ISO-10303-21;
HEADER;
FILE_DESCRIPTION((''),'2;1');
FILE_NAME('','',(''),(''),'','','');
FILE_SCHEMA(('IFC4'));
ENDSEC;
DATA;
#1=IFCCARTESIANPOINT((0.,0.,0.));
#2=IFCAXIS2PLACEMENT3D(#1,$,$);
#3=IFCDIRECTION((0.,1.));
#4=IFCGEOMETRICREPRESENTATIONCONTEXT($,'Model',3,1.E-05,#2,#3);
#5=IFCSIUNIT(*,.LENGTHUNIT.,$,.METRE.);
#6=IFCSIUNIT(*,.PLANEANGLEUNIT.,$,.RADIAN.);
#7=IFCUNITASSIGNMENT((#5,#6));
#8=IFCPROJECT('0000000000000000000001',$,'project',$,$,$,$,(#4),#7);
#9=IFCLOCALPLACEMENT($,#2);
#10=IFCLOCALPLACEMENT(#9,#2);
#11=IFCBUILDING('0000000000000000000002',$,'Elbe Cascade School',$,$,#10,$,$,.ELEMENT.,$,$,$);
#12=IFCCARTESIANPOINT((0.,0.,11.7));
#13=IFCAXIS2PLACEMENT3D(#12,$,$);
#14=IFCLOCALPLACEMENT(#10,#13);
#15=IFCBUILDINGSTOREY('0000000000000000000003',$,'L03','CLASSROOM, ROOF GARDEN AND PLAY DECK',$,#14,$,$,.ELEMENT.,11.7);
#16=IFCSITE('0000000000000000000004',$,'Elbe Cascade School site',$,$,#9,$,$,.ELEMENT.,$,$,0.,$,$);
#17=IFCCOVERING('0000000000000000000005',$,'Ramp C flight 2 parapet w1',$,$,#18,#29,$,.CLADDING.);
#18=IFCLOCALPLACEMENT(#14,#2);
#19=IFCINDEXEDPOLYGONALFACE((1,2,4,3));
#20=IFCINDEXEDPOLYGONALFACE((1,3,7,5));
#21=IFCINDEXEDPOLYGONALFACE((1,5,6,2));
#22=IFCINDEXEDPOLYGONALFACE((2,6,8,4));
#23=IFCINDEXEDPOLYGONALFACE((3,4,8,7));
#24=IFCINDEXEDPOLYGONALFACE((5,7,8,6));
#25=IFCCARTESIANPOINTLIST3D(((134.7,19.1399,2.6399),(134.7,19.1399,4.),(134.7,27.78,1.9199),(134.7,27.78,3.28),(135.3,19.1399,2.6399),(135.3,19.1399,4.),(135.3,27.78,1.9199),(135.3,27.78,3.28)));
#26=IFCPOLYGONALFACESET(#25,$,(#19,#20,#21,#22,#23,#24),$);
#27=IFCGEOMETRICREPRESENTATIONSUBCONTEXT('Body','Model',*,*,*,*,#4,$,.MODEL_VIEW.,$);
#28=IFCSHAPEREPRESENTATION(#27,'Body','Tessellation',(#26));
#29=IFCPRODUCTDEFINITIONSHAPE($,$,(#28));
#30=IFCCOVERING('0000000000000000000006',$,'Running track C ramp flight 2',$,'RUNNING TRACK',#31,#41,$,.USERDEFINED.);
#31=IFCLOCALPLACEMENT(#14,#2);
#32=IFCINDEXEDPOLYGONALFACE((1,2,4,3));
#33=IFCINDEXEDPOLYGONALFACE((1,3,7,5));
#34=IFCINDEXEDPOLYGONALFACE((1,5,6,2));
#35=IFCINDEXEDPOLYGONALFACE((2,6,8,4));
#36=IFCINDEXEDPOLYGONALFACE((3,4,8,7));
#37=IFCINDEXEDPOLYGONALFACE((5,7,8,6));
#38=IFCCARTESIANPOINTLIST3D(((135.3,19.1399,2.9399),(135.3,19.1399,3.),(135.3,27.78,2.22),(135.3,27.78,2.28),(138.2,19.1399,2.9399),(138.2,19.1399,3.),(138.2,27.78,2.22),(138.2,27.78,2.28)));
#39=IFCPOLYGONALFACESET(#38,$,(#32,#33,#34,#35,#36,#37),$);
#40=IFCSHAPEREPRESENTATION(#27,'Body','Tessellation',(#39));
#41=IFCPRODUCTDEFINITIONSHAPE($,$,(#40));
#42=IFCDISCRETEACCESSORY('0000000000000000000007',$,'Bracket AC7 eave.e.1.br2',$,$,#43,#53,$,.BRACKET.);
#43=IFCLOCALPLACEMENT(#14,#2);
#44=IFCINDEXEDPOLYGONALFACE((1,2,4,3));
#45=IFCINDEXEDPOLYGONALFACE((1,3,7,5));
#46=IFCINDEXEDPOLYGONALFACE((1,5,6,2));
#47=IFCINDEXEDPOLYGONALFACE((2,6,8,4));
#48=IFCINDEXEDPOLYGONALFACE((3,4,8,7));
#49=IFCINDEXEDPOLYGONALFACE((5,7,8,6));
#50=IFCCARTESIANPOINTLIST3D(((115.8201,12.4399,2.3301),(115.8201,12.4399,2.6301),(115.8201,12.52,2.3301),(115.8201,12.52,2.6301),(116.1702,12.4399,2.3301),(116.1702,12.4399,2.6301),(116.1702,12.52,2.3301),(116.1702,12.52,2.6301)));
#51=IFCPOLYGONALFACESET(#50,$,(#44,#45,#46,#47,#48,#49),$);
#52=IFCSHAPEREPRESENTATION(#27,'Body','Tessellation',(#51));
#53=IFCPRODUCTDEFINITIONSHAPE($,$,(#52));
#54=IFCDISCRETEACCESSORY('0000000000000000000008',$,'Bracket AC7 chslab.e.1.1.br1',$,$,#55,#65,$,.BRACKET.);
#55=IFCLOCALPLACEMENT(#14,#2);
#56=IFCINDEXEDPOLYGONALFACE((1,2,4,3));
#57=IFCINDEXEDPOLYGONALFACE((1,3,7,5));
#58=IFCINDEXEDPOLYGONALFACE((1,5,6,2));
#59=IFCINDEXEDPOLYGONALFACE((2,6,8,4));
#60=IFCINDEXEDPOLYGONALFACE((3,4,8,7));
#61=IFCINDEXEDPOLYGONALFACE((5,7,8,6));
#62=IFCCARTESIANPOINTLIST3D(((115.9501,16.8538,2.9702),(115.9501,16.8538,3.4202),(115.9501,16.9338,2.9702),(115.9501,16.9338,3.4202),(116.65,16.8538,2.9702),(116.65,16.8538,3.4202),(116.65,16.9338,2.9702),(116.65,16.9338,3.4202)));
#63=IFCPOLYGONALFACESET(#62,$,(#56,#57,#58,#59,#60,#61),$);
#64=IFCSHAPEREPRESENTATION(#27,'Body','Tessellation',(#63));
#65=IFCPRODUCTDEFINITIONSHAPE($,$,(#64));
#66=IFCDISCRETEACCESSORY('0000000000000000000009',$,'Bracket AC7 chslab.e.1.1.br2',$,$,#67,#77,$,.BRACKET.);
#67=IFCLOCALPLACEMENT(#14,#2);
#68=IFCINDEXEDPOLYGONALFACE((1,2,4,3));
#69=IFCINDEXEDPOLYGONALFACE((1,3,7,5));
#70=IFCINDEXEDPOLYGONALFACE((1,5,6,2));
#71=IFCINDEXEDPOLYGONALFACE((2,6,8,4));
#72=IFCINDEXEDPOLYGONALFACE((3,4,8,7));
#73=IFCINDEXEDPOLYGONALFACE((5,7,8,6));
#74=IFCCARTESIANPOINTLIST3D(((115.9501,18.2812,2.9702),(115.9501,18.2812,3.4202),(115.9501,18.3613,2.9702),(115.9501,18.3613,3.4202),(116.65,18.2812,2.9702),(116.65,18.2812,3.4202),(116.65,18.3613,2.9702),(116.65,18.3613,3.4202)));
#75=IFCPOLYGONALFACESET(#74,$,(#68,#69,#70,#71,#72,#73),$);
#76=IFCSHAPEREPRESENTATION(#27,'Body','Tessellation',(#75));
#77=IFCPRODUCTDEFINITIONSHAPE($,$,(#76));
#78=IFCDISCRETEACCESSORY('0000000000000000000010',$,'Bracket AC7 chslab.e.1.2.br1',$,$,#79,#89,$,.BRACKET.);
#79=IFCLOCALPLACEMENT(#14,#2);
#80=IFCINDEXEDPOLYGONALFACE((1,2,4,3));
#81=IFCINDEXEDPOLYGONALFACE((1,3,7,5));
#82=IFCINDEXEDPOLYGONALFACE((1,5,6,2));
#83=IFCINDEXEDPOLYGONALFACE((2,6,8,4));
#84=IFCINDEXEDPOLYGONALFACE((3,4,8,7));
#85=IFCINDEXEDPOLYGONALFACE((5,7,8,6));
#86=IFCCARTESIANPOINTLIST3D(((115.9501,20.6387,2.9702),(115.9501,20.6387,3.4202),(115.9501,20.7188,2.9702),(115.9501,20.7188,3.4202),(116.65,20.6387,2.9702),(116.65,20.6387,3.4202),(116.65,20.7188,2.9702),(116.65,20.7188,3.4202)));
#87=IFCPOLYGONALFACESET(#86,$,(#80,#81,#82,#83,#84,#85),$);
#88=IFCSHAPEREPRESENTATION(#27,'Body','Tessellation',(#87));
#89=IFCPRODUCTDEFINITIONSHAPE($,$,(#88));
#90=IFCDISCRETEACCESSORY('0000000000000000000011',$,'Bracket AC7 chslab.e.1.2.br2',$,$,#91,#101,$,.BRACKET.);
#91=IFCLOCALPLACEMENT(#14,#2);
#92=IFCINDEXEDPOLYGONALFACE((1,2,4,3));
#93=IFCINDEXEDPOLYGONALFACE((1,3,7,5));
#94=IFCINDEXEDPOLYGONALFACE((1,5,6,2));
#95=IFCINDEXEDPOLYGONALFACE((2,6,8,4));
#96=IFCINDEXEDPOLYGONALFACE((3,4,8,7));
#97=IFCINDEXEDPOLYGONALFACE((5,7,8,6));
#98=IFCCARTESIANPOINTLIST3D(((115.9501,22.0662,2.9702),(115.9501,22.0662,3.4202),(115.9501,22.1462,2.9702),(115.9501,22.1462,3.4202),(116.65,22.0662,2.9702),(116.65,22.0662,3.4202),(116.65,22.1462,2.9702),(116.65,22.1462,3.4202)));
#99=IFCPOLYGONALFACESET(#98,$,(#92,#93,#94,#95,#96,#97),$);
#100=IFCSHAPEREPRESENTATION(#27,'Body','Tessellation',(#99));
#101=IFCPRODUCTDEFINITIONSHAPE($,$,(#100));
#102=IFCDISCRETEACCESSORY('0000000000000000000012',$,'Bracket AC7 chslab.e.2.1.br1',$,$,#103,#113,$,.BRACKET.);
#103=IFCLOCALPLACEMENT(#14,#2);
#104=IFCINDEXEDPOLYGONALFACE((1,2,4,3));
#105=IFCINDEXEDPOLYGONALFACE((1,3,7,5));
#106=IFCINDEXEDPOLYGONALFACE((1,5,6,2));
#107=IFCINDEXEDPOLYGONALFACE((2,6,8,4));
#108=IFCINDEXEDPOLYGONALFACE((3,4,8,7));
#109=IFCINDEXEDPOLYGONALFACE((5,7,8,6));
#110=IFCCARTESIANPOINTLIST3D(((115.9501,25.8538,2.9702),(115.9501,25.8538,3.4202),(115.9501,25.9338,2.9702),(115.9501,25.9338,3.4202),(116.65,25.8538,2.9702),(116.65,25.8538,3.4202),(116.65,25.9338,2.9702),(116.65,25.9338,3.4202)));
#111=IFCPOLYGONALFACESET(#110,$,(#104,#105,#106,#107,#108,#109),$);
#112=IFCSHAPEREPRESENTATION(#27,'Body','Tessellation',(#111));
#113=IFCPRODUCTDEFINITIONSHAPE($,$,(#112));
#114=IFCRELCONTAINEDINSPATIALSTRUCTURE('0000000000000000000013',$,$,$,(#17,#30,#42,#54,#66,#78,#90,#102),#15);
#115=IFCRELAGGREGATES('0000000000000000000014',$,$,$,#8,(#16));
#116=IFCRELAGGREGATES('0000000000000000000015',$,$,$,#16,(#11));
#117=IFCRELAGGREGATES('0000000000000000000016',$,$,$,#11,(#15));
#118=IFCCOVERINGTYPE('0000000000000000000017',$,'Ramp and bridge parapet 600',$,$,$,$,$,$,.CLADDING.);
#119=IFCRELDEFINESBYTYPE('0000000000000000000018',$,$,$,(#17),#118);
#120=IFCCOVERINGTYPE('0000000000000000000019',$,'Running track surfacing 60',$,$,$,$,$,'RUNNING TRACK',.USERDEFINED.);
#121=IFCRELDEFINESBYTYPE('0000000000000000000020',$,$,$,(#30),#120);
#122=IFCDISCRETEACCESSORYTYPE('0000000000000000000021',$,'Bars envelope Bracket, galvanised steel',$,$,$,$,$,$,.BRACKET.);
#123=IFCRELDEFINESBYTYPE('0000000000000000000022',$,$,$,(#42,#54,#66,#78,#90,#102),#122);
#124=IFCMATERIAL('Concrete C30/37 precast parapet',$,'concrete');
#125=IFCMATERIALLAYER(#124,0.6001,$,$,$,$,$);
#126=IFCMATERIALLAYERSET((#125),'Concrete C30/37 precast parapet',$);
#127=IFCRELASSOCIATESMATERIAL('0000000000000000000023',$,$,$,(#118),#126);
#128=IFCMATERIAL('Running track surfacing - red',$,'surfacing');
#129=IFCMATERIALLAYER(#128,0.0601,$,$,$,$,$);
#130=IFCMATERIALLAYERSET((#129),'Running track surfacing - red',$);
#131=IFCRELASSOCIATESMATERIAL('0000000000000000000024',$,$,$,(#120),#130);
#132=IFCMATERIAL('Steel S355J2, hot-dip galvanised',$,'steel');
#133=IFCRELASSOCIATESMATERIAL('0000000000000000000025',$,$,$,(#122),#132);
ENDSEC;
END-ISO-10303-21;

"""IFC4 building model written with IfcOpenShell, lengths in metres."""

from ifc_helpers import new_model, si_unit, direction, frame, origin, origin_2d, place, context, subcontext, project, spatial, polyline, rectangle, outline, extrude, material, layer, layer_set, type_object, element, save


model = new_model("IFC4")

# Units and contexts
model_context = context("Model", 3, precision=1e-05, world=origin(), true_north=direction((0.0, 1.0)))
body_context = subcontext(model_context, "Body", "Model", "MODEL_VIEW")
ifc_project = project(units=[si_unit("LENGTHUNIT", "METRE"), si_unit("PLANEANGLEUNIT", "RADIAN")], contexts=[model_context])

# Site, building, storey
site_placement = place(None, origin())
site = spatial("IfcSite", under=ifc_project, at=site_placement, Name="Elbe Cascade School site", CompositionType="ELEMENT", RefElevation=0.0)
building_placement = place(site_placement, origin())
building = spatial("IfcBuilding", under=site, at=building_placement, Name="Elbe Cascade School", CompositionType="ELEMENT")
storey_placement = place(building_placement, frame((0.0, 0.0, 11.7)))
storey = spatial("IfcBuildingStorey", under=building, at=storey_placement, Name="L03", Description="CLASSROOM, ROOF GARDEN AND PLAY DECK", CompositionType="ELEMENT", Elevation=11.7)

# Coverings
ifc_material_1 = material(Name="Concrete C30/37 precast parapet", Category="concrete")
ifc_layer_1 = layer(ifc_material_1, 0.6001)
ifc_layer_set_1 = layer_set([ifc_layer_1], Name="Concrete C30/37 precast parapet")
covering_type_1 = type_object("IfcCoveringType", Name="Ramp and bridge parapet 600", PredefinedType="CLADDING", material=ifc_layer_set_1)
covering_1_placement = place(storey_placement, frame((134.7, 19.1399, 4.0), z_axis=(0.0, 0.083041, 0.996546), x_axis=(0.0, 0.996546, -0.083041)))
element("IfcCovering", 1, at=covering_1_placement, inside=storey, type_object=covering_type_1, Name="Ramp C flight 2 parapet w1", PredefinedType="CLADDING", context=body_context, shape_type="SweptSolid", body=[
    extrude(outline(polyline([(0.0, 0.0), (8.6701, 0.0), (8.6701, -0.6001), (0.0, -0.6001), (0.0, 0.0)])), origin(), (0.083041, 0.0, -0.996546), 1.3601),
])
ifc_material_2 = material(Name="Running track surfacing - red", Category="surfacing")
ifc_layer_2 = layer(ifc_material_2, 0.0601)
ifc_layer_set_2 = layer_set([ifc_layer_2], Name="Running track surfacing - red")
covering_type_2 = type_object("IfcCoveringType", Name="Running track surfacing 60", ElementType="RUNNING TRACK", PredefinedType="USERDEFINED", material=ifc_layer_set_2)
covering_2_placement = place(storey_placement, frame((135.3, 19.1399, 3.0), z_axis=(0.0, 0.083041, 0.996546), x_axis=(0.0, 0.996546, -0.083041)))
element("IfcCovering", 2, at=covering_2_placement, inside=storey, type_object=covering_type_2, Name="Running track C ramp flight 2", ObjectType="RUNNING TRACK", PredefinedType="USERDEFINED", context=body_context, shape_type="SweptSolid", body=[
    extrude(outline(polyline([(0.0, 0.0), (8.6701, 0.0), (8.6701, -2.8999), (0.0, -2.8999), (0.0, 0.0)])), origin(), (0.083041, 0.0, -0.996546), 0.0601),
])

# Discrete accessories
ifc_material_3 = material(Name="Steel S355J2, hot-dip galvanised", Category="steel")
discrete_accessory_type = type_object("IfcDiscreteAccessoryType", Name="Bars envelope Bracket, galvanised steel", PredefinedType="BRACKET", material=ifc_material_3)
discrete_accessory_placement = place(storey_placement, frame((115.9951, 12.48, 2.3301), z_axis=(0.0, 0.0, 1.0), x_axis=(0.0, 1.0, 0.0)))
element("IfcDiscreteAccessory", 3, at=discrete_accessory_placement, inside=storey, type_object=discrete_accessory_type, Name="Bracket AC7 eave.e.1.br2", PredefinedType="BRACKET", context=body_context, shape_type="SweptSolid", body=[
    extrude(rectangle(XDim=0.0801, YDim=0.3501, at=origin_2d()), origin(), (0.0, 0.0, 1.0), 0.3),
])
for number, where, z_axis, x_axis, name in (
    (4, (116.3, 16.8938, 2.9702), (0.0, 0.0, 1.0), (0.0, 1.0, 0.0), "Bracket AC7 chslab.e.1.1.br1"),
    (5, (116.3, 18.3213, 2.9702), (0.0, 0.0, 1.0), (0.0, 1.0, 0.0), "Bracket AC7 chslab.e.1.1.br2"),
    (6, (116.3, 20.6787, 2.9702), (0.0, 0.0, 1.0), (0.0, 1.0, 0.0), "Bracket AC7 chslab.e.1.2.br1"),
    (7, (116.3, 22.1062, 2.9702), (0.0, 0.0, 1.0), (0.0, 1.0, 0.0), "Bracket AC7 chslab.e.1.2.br2"),
    (8, (116.3, 25.8938, 2.9702), (0.0, 0.0, 1.0), (0.0, 1.0, 0.0), "Bracket AC7 chslab.e.2.1.br1"),
):
    element("IfcDiscreteAccessory", number, at=place(storey_placement, frame(where, z_axis=z_axis, x_axis=x_axis)), inside=storey, type_object=discrete_accessory_type, Name=name, PredefinedType="BRACKET", context=body_context, shape_type="SweptSolid", body=[
        extrude(rectangle(XDim=0.0801, YDim=0.7, at=origin_2d()), origin(), (0.0, 0.0, 1.0), 0.45),
    ])

save(model, "model.ifc")
